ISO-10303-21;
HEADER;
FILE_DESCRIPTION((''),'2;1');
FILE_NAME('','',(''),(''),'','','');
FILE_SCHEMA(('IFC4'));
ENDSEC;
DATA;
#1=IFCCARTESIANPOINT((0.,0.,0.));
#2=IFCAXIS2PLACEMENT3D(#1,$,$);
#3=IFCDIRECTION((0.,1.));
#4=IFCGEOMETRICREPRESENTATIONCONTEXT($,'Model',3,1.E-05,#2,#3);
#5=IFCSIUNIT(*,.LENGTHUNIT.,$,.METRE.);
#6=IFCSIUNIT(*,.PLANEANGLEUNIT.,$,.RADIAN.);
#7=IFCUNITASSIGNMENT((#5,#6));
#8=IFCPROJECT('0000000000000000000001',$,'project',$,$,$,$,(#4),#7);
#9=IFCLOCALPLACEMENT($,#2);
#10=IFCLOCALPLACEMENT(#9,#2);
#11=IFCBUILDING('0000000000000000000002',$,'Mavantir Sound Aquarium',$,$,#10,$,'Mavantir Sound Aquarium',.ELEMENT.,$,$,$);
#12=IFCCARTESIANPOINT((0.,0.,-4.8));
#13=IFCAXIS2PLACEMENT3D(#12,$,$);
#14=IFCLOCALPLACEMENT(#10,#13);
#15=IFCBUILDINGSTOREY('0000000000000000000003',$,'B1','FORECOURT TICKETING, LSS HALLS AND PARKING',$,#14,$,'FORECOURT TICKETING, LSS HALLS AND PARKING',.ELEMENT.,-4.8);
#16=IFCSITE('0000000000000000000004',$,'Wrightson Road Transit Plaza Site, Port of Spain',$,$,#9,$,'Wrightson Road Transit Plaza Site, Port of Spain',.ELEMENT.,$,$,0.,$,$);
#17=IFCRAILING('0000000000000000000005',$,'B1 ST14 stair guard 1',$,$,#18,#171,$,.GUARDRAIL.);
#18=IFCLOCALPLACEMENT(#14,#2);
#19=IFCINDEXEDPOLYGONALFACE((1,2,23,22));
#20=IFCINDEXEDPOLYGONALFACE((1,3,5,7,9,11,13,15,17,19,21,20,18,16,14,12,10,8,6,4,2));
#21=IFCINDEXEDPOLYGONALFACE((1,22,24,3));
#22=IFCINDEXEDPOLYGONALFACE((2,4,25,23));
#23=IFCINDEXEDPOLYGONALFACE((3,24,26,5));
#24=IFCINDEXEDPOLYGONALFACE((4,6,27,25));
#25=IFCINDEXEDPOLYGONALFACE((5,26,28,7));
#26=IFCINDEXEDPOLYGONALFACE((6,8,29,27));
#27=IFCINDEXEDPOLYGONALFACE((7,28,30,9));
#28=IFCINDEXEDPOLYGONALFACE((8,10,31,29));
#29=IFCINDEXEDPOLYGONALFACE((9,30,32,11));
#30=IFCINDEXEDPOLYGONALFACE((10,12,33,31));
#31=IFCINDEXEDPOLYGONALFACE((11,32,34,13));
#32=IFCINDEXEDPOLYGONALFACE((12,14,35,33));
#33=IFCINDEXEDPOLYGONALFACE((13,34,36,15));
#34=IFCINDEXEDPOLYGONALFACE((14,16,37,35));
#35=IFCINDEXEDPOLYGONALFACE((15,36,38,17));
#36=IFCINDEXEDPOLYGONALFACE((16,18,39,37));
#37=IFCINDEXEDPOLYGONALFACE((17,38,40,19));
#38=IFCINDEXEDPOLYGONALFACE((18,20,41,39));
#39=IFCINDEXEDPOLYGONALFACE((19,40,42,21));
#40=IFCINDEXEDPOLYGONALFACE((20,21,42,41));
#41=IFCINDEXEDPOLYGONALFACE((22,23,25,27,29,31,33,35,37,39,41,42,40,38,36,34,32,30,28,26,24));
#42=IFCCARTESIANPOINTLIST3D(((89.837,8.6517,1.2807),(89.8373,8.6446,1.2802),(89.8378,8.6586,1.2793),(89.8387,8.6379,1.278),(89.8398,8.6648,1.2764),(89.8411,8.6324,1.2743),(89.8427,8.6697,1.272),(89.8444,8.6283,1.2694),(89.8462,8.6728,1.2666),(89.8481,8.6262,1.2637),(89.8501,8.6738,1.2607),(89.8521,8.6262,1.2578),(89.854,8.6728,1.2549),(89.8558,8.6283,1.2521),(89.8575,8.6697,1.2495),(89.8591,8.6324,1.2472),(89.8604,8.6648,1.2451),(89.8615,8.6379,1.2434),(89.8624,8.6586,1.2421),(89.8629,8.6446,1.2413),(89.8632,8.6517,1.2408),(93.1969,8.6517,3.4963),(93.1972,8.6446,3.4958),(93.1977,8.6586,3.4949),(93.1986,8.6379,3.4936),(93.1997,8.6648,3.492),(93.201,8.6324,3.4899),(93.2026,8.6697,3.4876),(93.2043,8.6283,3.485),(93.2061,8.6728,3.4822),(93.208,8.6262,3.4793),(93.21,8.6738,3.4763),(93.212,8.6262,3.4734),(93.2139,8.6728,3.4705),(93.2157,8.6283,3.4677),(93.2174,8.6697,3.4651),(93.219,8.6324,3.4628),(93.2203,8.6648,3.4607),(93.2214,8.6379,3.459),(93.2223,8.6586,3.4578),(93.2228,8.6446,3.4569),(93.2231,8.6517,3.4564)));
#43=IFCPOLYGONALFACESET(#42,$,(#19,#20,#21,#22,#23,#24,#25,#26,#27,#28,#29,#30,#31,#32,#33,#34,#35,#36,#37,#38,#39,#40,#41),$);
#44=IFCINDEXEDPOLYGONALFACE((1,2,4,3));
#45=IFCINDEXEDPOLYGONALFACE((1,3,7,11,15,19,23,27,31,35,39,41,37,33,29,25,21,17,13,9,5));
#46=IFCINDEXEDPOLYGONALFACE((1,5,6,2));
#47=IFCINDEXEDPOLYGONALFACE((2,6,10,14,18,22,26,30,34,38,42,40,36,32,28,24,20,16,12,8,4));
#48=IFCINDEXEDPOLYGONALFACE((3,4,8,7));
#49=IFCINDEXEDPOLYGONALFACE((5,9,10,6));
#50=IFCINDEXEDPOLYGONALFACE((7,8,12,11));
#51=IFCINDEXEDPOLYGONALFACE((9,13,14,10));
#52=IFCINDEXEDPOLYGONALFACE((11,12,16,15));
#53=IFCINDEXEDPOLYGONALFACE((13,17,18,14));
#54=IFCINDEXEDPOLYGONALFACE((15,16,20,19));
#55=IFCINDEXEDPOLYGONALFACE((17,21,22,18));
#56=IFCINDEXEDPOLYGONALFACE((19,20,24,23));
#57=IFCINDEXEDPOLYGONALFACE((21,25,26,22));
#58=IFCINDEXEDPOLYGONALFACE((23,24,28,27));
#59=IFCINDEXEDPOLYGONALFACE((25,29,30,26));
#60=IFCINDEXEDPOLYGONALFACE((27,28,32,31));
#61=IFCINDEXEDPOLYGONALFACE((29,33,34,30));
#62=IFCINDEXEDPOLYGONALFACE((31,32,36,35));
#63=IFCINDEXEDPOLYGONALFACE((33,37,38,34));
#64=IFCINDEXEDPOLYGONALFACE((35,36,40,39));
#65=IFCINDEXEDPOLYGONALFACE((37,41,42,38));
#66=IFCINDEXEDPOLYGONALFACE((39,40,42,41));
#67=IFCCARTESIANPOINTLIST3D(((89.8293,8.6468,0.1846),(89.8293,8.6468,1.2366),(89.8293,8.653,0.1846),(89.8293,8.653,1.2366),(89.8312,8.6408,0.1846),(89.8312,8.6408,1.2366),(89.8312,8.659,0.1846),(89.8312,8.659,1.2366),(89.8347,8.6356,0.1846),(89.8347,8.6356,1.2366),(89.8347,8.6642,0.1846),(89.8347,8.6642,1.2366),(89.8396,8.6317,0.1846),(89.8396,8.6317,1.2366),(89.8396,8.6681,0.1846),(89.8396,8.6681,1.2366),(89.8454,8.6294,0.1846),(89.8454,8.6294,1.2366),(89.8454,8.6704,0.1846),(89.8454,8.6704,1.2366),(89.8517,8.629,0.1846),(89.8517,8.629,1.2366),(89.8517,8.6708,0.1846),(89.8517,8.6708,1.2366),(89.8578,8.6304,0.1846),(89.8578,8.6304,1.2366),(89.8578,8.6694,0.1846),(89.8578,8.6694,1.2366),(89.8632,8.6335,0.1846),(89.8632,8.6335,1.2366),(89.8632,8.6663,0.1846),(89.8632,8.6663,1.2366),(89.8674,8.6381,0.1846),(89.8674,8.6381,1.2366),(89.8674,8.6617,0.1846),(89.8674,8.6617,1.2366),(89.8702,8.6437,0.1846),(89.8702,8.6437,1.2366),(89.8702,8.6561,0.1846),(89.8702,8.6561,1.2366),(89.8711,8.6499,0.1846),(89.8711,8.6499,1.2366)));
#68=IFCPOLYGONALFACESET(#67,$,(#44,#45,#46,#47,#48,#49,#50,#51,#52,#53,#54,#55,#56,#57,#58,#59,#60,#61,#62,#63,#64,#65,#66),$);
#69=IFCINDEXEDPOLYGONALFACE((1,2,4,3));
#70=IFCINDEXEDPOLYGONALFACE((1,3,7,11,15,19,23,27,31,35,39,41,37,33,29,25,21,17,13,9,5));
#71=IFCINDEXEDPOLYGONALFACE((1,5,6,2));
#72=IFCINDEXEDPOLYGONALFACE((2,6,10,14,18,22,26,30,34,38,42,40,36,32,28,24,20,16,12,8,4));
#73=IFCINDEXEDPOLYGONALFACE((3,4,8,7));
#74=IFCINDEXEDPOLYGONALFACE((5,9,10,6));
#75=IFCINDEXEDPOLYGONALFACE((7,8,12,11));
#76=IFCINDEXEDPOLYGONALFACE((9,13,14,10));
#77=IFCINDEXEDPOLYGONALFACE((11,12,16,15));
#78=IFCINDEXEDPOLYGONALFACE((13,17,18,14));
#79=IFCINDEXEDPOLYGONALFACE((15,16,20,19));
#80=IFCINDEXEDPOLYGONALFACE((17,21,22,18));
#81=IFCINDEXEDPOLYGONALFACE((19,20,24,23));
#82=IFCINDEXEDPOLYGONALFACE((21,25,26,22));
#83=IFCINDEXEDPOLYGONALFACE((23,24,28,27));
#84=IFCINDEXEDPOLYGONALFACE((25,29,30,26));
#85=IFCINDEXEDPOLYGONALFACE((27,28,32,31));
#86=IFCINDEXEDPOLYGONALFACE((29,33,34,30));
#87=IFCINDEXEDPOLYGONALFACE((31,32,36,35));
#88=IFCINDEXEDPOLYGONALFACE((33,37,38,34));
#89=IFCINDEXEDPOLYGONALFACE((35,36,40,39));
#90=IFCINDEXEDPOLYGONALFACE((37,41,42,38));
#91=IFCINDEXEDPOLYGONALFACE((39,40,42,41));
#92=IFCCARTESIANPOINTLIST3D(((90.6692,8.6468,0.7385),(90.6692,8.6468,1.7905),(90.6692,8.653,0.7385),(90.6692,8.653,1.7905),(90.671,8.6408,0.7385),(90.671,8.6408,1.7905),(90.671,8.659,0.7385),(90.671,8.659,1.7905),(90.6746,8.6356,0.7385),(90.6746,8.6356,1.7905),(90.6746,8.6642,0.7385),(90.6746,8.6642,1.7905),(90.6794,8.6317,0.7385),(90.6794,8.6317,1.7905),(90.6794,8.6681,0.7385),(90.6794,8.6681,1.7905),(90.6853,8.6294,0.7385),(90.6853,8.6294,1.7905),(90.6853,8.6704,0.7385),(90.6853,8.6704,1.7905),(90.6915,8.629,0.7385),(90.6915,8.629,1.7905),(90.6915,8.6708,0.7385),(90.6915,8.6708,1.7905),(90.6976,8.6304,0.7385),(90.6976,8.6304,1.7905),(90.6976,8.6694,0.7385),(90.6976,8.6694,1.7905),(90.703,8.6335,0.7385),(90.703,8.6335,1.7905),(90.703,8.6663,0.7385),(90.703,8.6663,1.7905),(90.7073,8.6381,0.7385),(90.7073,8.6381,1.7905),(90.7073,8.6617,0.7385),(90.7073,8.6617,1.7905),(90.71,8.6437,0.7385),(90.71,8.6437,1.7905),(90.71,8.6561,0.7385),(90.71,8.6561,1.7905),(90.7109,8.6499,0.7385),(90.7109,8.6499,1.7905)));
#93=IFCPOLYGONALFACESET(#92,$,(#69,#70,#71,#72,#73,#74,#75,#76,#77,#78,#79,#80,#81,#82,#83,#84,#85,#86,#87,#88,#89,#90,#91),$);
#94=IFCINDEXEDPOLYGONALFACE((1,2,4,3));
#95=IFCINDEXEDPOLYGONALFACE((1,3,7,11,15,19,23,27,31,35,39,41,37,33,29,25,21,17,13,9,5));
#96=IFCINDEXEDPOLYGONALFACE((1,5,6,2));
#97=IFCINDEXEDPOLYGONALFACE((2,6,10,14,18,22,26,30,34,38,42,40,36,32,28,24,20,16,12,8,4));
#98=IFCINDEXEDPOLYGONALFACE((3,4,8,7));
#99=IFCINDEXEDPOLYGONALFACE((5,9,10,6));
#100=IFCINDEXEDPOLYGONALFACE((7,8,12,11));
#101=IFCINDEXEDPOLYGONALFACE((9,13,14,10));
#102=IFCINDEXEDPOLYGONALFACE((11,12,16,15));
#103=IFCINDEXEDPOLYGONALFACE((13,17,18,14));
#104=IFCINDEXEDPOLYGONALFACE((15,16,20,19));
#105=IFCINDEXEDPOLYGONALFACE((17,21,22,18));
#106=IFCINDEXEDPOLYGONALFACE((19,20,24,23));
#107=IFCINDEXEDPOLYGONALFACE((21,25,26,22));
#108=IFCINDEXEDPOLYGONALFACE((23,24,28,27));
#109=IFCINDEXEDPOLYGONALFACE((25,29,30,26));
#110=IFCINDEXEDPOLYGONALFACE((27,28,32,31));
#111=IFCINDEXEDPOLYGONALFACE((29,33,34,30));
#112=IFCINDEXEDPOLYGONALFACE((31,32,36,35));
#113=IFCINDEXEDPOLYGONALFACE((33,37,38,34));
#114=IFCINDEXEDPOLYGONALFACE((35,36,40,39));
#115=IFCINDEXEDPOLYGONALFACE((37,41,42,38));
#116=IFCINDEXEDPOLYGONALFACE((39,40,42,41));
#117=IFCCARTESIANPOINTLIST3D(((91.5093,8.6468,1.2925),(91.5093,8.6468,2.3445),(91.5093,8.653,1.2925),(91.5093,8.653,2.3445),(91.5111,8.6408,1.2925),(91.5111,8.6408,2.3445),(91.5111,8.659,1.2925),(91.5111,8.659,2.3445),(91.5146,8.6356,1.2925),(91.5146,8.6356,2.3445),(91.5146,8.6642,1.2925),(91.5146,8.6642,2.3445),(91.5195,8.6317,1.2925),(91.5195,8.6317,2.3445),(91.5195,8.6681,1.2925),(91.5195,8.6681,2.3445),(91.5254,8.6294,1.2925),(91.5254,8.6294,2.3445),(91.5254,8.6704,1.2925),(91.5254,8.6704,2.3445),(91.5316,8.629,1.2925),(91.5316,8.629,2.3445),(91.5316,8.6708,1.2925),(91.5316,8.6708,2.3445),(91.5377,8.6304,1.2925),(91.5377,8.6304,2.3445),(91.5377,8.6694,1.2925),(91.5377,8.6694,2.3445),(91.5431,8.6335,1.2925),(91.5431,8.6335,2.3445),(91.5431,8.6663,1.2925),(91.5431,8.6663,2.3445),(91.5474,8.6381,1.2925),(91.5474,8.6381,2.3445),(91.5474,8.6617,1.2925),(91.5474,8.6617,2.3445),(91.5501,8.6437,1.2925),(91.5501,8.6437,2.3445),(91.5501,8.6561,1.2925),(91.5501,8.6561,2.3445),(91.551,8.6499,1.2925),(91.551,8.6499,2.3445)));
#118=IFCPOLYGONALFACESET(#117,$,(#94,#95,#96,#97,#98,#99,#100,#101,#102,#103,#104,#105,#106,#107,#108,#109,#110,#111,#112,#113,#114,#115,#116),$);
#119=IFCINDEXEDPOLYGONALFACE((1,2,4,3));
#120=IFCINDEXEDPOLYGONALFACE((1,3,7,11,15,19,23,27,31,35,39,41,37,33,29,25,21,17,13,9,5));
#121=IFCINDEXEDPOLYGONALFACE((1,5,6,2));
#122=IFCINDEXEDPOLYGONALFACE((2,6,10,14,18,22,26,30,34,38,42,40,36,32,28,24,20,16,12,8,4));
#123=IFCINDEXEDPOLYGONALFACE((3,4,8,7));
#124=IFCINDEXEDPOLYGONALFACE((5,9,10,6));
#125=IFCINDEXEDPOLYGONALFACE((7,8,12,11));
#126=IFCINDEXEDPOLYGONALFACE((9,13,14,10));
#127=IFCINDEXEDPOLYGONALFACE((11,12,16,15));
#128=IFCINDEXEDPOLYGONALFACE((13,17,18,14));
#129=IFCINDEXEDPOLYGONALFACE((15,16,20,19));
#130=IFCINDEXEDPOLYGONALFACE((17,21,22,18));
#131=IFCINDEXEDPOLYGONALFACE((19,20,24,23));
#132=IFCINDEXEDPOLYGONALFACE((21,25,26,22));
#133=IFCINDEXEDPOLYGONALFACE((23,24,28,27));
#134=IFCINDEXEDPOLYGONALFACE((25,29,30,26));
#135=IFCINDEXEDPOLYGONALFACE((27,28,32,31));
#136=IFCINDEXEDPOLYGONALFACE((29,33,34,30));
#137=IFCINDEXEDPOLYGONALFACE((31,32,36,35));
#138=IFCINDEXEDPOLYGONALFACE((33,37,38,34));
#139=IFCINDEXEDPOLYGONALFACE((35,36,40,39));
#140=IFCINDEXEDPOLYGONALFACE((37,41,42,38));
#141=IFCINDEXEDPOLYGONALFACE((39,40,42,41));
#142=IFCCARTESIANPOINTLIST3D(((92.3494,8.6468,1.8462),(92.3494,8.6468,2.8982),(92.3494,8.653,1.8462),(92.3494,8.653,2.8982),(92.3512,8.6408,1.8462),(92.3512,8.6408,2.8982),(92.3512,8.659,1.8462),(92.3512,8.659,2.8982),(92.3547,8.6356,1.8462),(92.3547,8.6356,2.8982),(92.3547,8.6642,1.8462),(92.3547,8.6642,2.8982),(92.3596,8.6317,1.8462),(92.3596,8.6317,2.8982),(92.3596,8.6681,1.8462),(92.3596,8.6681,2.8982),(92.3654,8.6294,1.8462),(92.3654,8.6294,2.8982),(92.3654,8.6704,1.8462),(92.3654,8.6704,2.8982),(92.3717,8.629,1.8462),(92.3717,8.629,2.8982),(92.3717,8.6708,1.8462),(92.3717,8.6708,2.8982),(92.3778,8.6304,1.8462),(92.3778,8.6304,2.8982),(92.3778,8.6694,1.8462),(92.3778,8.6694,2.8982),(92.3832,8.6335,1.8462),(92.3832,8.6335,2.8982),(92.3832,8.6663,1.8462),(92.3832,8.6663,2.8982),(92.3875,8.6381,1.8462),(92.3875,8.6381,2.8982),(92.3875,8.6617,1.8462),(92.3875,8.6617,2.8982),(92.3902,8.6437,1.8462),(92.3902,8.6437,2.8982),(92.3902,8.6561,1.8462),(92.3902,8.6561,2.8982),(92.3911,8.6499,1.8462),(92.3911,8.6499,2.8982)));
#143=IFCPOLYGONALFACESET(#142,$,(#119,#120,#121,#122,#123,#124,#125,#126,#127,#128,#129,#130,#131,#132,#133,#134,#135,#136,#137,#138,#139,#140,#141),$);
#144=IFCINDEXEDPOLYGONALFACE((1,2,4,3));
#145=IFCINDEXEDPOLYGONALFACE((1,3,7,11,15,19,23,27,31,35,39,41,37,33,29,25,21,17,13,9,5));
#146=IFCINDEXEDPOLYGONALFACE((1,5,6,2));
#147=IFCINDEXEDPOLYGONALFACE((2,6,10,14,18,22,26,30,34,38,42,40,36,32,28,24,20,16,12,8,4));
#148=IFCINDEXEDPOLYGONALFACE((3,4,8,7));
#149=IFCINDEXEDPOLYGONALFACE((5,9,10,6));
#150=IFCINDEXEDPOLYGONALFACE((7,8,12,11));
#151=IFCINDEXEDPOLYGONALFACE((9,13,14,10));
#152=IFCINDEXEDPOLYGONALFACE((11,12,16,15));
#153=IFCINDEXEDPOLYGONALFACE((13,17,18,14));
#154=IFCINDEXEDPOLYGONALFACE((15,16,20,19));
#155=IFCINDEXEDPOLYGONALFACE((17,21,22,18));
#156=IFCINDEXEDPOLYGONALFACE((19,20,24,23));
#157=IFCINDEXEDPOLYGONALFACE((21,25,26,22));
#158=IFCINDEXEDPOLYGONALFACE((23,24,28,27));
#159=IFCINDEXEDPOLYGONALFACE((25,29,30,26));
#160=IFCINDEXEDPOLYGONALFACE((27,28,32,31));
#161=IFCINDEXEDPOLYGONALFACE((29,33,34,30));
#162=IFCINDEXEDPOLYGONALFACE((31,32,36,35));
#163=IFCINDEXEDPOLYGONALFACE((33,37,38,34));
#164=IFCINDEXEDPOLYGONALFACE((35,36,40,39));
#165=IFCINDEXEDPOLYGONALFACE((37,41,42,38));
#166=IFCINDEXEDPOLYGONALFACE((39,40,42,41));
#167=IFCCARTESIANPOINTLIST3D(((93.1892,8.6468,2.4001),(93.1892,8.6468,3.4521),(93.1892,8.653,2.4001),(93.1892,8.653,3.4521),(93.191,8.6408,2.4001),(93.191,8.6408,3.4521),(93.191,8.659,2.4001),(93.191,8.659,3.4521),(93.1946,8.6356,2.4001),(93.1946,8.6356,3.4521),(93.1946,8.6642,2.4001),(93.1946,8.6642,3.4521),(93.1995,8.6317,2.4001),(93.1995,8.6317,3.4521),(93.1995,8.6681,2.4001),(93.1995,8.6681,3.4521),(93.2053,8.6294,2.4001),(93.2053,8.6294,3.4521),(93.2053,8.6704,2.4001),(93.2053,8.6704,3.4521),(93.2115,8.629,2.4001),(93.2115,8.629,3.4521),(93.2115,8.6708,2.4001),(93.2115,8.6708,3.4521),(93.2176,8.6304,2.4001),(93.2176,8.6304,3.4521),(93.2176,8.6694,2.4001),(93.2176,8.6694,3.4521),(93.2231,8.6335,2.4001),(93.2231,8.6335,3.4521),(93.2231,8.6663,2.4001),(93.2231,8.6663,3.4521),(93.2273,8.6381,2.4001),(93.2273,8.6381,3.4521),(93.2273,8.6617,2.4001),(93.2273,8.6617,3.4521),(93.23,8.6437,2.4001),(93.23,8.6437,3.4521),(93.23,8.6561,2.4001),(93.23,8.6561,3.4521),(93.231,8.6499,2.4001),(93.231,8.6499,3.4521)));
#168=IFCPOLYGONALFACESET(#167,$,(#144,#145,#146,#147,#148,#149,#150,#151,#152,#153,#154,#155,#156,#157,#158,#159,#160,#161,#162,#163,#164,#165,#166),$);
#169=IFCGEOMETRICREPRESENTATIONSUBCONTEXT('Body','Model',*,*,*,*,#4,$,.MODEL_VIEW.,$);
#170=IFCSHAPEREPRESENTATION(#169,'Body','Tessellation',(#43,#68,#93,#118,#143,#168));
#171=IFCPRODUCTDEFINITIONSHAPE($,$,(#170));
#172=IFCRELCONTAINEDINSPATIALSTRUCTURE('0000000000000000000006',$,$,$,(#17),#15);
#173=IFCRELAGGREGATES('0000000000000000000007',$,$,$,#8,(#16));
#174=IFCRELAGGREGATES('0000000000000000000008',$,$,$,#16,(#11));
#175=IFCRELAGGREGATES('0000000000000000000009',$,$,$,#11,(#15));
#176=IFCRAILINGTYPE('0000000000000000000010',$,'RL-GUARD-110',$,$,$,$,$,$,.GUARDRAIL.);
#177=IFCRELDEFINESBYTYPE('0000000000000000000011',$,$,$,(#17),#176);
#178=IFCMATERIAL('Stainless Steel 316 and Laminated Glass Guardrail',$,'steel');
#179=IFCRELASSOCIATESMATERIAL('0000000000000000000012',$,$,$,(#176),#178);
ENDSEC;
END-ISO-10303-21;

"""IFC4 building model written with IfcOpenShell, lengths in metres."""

from ifc_helpers import new_model, si_unit, direction, frame, origin, origin_2d, place, context, subcontext, project, spatial, circle, extrude, material, type_object, element, save


model = new_model("IFC4")

# Units and contexts
model_context = context("Model", 3, precision=1e-05, world=origin(), true_north=direction((0.0, 1.0)))
body_context = subcontext(model_context, "Body", "Model", "MODEL_VIEW")
ifc_project = project(units=[si_unit("LENGTHUNIT", "METRE"), si_unit("PLANEANGLEUNIT", "RADIAN")], contexts=[model_context])

# Site, building, storey
site_placement = place(None, origin())
site = spatial("IfcSite", under=ifc_project, at=site_placement, Name="Wrightson Road Transit Plaza Site, Port of Spain", LongName="Wrightson Road Transit Plaza Site, Port of Spain", CompositionType="ELEMENT", RefElevation=0.0)
building_placement = place(site_placement, origin())
building = spatial("IfcBuilding", under=site, at=building_placement, Name="Mavantir Sound Aquarium", LongName="Mavantir Sound Aquarium", CompositionType="ELEMENT")
storey_placement = place(building_placement, frame((0.0, 0.0, -4.8)))
storey = spatial("IfcBuildingStorey", under=building, at=storey_placement, Name="B1", Description="FORECOURT TICKETING, LSS HALLS AND PARKING", LongName="FORECOURT TICKETING, LSS HALLS AND PARKING", CompositionType="ELEMENT", Elevation=-4.8)

# Railing
ifc_material_1 = material(Name="Stainless Steel 316 and Laminated Glass Guardrail", Category="steel")
railing_type_1 = type_object("IfcRailingType", Name="RL-GUARD-110", PredefinedType="GUARDRAIL", material=ifc_material_1)
railing_1_placement = place(storey_placement, frame((89.8501, 8.6499, 0.1846)))
element("IfcRailing", 1, at=railing_1_placement, inside=storey, type_object=railing_type_1, Name="B1 ST14 stair guard 1", PredefinedType="GUARDRAIL", context=body_context, shape_type="SweptSolid", body=[
    extrude(circle(Radius=0.0239, at=origin_2d()), frame((0.0, 0.0, 1.0762), z_axis=(0.83483, 0.0, 0.550508), x_axis=(0.0, 1.0, 0.0)), (0.0, 0.0, 1.0), 4.0247),
    extrude(circle(Radius=0.021, at=origin_2d()), origin(), (0.0, 0.0, 1.0), 1.052),
    extrude(circle(Radius=0.021, at=origin_2d()), frame((0.8398, 0.0, 0.554)), (0.0, 0.0, 1.0), 1.052),
    extrude(circle(Radius=0.021, at=origin_2d()), frame((1.6799, 0.0, 1.1079)), (0.0, 0.0, 1.0), 1.052),
    extrude(circle(Radius=0.021, at=origin_2d()), frame((2.52, 0.0, 1.6616)), (0.0, 0.0, 1.0), 1.052),
    extrude(circle(Radius=0.021, at=origin_2d()), frame((3.3599, 0.0, 2.2156)), (0.0, 0.0, 1.0), 1.052),
])

save(model, "model.ifc")
